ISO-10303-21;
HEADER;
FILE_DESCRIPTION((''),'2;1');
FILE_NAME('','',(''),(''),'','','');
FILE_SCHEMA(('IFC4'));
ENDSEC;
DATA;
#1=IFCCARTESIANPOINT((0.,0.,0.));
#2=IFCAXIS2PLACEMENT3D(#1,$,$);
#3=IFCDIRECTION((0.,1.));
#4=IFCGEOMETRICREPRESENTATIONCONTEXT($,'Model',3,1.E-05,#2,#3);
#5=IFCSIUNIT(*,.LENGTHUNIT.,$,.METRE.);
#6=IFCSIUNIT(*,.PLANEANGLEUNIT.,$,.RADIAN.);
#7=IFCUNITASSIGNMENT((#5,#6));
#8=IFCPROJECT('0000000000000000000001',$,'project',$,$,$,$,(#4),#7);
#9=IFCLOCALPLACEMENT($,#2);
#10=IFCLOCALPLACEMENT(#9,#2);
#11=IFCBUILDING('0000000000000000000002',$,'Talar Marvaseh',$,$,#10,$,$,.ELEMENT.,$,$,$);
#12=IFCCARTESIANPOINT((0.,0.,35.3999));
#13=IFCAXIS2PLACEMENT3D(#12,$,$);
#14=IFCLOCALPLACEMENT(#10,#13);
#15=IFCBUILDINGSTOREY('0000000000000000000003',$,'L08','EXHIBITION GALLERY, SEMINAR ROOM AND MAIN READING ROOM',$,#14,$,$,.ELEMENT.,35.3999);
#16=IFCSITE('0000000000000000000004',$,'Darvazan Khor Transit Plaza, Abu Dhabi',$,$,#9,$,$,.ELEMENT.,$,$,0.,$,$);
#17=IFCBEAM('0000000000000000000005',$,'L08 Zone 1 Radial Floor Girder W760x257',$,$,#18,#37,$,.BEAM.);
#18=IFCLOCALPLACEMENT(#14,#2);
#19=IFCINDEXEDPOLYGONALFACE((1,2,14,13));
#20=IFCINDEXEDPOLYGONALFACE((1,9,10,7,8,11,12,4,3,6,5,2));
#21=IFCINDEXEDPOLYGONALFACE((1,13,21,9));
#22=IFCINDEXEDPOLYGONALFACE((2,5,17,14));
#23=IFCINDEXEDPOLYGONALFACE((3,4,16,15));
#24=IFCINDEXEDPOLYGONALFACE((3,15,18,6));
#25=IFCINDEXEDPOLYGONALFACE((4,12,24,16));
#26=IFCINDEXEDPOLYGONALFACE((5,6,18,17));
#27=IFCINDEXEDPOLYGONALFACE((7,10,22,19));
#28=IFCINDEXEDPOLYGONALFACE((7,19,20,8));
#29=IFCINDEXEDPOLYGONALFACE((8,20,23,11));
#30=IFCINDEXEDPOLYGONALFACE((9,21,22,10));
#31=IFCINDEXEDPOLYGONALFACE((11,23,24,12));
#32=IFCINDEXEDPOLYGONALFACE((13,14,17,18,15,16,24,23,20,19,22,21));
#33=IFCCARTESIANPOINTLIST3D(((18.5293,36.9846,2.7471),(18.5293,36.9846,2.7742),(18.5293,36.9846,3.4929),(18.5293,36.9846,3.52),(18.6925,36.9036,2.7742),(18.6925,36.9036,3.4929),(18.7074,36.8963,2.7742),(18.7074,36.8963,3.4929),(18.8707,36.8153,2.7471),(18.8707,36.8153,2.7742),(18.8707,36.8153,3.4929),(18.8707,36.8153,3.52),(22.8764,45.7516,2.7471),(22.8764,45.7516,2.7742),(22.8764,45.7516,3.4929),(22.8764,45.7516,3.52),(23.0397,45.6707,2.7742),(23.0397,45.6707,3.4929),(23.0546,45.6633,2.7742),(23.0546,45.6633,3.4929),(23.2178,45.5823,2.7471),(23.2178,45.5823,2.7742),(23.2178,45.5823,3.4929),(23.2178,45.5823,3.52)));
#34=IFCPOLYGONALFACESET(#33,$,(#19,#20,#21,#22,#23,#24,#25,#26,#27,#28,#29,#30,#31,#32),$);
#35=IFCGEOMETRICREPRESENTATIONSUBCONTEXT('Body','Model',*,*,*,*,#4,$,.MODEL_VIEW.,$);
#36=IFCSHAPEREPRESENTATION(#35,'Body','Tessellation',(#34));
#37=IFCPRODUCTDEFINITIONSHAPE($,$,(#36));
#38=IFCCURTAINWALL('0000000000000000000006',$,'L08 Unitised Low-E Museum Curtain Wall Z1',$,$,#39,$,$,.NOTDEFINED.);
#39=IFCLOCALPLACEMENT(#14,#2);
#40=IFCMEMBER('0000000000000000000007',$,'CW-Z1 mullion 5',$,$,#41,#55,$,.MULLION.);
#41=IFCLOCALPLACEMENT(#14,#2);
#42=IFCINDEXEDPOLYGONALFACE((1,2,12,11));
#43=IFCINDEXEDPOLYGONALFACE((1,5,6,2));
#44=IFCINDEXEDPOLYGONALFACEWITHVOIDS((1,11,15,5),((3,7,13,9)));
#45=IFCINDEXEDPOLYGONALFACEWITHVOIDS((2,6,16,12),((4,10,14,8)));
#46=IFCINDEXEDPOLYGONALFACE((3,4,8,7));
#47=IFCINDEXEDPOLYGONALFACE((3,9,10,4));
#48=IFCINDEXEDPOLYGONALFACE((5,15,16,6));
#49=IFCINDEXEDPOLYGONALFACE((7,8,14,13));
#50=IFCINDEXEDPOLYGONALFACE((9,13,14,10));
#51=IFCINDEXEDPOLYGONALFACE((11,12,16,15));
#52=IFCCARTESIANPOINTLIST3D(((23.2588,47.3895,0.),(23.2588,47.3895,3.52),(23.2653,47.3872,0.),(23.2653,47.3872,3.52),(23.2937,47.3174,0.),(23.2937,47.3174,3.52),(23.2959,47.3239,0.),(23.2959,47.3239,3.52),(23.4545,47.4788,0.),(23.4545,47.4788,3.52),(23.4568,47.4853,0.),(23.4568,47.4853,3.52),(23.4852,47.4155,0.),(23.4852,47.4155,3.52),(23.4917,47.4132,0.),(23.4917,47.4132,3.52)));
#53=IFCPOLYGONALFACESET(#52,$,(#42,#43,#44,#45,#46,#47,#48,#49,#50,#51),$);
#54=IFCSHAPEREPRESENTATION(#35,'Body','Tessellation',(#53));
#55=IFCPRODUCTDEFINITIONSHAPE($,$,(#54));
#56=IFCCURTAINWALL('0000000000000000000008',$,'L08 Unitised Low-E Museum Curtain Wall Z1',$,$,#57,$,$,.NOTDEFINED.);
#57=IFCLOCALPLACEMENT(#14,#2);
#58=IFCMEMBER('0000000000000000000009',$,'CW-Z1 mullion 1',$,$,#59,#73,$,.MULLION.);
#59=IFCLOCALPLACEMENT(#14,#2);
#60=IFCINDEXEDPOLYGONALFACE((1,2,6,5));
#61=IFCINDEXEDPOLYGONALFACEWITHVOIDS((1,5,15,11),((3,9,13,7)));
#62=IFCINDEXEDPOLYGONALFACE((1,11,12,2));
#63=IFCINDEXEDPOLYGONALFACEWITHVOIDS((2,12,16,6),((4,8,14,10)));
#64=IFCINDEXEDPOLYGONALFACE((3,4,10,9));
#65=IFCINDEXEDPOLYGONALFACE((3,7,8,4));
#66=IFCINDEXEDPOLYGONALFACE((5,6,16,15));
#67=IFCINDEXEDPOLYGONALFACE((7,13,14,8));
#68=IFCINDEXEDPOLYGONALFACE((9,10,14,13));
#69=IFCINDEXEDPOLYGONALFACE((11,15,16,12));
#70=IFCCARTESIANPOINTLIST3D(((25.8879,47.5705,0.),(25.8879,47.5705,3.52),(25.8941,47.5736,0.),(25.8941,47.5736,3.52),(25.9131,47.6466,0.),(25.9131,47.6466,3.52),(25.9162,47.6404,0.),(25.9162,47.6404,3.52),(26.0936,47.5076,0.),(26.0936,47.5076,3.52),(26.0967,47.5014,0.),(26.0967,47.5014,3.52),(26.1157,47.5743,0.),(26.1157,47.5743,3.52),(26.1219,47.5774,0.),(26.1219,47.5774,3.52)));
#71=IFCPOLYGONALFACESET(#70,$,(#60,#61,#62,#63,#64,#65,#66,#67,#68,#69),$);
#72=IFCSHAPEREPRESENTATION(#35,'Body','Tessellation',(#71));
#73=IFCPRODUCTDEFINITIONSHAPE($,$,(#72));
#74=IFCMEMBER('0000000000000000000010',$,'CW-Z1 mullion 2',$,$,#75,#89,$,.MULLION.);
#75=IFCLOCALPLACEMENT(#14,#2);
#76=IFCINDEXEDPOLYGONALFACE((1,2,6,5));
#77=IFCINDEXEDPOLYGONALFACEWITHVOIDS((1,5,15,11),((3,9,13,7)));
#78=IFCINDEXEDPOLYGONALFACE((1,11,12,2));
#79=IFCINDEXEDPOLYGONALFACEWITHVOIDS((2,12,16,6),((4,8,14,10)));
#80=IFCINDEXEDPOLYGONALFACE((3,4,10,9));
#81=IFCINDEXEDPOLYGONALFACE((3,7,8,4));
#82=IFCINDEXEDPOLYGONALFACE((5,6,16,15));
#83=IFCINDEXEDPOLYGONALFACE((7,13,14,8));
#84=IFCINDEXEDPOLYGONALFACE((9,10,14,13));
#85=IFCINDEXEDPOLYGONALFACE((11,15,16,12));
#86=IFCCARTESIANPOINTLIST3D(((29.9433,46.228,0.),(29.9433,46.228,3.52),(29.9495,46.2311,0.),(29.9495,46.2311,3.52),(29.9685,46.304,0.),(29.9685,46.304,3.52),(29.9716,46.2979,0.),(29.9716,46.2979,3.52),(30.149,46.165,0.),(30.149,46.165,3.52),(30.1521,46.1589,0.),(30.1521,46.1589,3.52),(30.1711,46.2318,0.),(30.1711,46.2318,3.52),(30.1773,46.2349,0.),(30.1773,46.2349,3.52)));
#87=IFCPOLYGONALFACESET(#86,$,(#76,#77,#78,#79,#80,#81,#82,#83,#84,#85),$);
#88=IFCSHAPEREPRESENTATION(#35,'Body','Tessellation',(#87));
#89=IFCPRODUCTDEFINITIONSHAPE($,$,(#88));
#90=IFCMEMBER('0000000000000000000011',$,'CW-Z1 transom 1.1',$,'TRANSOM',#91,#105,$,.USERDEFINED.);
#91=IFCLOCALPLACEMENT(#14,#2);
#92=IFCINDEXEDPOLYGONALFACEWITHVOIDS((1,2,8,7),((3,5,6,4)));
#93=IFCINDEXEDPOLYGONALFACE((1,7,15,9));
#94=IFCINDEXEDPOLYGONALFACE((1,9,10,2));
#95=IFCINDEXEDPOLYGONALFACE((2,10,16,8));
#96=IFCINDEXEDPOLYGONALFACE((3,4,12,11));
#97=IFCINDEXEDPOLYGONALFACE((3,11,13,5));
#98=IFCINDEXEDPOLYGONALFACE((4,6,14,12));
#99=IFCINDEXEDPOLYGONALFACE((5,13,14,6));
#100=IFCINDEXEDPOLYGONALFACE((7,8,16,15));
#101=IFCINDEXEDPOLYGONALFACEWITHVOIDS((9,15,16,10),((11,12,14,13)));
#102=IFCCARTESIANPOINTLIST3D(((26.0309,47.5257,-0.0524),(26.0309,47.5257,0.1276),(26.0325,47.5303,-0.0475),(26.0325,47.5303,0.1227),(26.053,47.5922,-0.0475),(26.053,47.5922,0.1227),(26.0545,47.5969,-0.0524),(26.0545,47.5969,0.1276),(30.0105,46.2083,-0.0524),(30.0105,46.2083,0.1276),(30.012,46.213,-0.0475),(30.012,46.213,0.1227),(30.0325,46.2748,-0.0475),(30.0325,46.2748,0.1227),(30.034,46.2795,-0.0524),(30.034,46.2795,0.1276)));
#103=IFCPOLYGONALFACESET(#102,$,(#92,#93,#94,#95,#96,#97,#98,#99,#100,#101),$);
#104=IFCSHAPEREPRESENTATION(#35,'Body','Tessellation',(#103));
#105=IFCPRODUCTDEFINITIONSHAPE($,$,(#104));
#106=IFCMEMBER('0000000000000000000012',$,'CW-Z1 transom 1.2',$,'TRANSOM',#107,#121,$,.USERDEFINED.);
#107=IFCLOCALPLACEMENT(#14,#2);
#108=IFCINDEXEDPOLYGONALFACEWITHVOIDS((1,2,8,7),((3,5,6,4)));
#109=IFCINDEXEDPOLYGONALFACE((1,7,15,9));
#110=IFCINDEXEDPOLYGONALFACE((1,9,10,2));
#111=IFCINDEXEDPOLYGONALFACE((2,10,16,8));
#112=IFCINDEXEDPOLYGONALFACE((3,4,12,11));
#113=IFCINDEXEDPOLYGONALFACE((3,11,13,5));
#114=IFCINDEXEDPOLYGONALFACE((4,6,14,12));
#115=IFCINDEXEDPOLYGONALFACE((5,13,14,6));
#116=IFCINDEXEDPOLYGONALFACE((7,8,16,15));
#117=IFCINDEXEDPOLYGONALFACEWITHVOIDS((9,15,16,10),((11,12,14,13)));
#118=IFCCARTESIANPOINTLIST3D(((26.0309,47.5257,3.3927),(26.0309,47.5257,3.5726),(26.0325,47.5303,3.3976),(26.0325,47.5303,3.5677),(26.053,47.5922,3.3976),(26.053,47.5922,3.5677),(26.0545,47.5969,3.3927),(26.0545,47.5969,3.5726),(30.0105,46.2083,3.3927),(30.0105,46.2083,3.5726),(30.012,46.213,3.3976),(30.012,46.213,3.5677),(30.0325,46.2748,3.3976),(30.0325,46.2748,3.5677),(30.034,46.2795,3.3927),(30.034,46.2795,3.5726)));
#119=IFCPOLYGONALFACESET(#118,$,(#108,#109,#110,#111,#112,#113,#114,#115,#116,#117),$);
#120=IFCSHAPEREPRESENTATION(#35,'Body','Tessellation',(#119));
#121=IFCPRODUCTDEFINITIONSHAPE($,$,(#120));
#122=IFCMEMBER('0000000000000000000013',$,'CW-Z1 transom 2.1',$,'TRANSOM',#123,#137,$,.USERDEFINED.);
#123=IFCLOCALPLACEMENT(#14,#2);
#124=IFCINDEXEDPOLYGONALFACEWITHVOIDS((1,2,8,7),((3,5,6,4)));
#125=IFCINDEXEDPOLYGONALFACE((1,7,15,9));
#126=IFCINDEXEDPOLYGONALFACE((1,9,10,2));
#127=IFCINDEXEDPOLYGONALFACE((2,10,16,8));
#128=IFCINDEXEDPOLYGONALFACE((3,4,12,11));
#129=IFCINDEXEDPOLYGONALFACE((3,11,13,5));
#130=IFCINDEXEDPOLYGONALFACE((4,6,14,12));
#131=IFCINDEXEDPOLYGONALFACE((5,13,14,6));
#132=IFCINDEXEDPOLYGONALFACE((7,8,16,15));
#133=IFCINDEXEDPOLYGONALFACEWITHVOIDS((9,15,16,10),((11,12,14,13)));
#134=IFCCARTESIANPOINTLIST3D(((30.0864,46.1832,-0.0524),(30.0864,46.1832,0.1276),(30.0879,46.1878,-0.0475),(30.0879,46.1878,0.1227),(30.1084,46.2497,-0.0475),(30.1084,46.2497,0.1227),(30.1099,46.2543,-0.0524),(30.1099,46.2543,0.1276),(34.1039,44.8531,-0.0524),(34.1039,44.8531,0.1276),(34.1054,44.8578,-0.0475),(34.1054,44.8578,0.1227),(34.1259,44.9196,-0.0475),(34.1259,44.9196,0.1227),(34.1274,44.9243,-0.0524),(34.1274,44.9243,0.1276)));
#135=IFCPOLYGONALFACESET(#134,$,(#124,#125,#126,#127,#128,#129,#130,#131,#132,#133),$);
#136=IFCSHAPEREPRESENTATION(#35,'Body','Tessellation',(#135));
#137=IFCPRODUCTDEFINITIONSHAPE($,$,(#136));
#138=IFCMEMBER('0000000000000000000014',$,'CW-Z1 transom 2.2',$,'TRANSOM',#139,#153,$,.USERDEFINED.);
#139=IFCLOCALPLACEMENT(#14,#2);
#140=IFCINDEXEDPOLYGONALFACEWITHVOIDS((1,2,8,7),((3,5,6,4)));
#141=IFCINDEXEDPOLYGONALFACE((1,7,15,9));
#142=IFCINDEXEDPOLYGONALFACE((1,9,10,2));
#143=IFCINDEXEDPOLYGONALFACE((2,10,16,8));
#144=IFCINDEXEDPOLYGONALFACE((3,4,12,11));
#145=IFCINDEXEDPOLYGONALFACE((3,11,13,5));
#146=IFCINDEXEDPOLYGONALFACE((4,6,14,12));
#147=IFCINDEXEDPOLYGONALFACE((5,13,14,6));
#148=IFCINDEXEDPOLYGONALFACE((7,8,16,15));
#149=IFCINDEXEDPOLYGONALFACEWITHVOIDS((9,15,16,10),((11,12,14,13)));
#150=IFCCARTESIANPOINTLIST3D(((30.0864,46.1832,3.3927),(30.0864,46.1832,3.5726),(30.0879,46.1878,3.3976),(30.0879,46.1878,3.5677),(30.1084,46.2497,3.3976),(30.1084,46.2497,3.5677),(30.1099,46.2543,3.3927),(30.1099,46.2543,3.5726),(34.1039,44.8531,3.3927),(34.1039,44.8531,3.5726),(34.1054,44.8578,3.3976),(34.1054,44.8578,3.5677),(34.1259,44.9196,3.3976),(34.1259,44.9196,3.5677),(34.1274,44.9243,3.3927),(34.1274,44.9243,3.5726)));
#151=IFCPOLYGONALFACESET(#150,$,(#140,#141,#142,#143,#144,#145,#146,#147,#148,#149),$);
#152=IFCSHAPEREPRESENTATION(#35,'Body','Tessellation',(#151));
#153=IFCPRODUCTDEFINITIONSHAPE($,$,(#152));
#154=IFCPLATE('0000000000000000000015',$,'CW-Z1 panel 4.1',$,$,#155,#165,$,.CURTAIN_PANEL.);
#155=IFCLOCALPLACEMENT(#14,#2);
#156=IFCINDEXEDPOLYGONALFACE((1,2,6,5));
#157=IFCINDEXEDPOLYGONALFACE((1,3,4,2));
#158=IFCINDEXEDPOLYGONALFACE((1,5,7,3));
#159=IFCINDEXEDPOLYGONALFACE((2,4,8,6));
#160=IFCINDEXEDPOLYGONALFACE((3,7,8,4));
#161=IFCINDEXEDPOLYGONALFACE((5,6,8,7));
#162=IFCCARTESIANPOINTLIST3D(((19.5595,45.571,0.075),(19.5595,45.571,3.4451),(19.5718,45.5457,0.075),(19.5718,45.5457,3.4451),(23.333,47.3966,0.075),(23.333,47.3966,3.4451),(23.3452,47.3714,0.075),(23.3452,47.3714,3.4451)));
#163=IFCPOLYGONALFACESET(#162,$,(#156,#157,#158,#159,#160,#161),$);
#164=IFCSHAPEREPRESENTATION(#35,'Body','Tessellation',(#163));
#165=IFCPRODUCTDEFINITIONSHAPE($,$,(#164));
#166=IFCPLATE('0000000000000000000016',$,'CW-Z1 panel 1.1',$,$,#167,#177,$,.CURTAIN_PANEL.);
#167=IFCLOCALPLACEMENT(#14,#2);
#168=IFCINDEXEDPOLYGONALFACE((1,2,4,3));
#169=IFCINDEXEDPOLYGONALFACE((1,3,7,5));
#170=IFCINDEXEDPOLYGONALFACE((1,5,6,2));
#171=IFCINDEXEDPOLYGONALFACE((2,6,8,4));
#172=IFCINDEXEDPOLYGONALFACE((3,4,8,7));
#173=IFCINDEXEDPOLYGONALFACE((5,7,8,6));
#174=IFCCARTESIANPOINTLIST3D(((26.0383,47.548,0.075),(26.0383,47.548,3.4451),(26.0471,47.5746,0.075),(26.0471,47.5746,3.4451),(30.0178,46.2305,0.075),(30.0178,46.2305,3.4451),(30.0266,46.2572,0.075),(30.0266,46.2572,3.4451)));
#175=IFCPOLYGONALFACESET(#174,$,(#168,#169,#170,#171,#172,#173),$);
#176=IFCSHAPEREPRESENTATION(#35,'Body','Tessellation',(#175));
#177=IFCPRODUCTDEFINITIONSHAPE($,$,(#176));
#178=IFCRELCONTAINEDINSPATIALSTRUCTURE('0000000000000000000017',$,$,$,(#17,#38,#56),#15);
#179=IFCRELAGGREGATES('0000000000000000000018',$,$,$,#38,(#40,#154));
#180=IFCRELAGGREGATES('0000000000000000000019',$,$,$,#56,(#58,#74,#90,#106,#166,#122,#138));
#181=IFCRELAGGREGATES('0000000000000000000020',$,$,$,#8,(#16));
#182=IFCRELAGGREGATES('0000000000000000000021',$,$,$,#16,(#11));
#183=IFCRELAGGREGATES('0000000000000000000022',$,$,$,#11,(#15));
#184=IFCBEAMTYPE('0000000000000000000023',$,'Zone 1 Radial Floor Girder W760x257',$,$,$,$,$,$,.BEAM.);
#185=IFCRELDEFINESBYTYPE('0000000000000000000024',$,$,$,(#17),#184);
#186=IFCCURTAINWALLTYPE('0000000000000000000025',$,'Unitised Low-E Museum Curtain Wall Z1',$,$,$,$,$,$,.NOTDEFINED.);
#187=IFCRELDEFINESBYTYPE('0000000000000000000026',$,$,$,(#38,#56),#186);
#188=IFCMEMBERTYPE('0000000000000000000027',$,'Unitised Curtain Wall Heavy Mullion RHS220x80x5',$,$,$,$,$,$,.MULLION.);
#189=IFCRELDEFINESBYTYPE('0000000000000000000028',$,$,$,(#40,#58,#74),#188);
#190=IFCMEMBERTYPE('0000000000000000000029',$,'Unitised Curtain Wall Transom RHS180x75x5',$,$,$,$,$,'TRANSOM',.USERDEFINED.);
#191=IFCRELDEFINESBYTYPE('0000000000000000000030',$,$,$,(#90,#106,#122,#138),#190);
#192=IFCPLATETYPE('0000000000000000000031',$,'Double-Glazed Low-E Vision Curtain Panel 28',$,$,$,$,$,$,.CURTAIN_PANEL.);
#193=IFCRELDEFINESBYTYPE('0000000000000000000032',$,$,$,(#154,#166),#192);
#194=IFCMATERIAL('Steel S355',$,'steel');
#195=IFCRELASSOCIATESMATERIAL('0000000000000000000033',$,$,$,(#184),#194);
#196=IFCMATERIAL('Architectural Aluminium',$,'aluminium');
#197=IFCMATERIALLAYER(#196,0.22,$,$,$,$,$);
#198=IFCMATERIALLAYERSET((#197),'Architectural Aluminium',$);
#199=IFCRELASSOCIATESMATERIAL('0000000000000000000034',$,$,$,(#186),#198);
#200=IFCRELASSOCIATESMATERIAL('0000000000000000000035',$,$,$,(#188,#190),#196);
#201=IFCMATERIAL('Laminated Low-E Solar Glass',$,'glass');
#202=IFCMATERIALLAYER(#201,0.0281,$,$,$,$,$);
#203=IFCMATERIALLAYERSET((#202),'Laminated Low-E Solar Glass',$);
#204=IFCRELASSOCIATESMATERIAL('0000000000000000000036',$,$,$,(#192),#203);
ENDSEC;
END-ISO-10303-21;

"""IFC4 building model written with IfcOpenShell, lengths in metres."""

from ifc_helpers import new_model, si_unit, direction, frame, origin, origin_2d, place, context, subcontext, project, spatial, rectangle, hollow_rectangle, i_section, extrude, source, transform, mapped, material, layer, layer_set, material_profile, profile_set, type_object, type_shapes, element, aggregate, save


model = new_model("IFC4")

# Units and contexts
model_context = context("Model", 3, precision=1e-05, world=origin(), true_north=direction((0.0, 1.0)))
body_context = subcontext(model_context, "Body", "Model", "MODEL_VIEW")
ifc_project = project(units=[si_unit("LENGTHUNIT", "METRE"), si_unit("PLANEANGLEUNIT", "RADIAN")], contexts=[model_context])

# Site, building, storey
site_placement = place(None, origin())
site = spatial("IfcSite", under=ifc_project, at=site_placement, Name="Darvazan Khor Transit Plaza, Abu Dhabi", CompositionType="ELEMENT", RefElevation=0.0)
building_placement = place(site_placement, origin())
building = spatial("IfcBuilding", under=site, at=building_placement, Name="Talar Marvaseh", CompositionType="ELEMENT")
storey_placement = place(building_placement, frame((0.0, 0.0, 35.3999)))
storey = spatial("IfcBuildingStorey", under=building, at=storey_placement, Name="L08", Description="EXHIBITION GALLERY, SEMINAR ROOM AND MAIN READING ROOM", CompositionType="ELEMENT", Elevation=35.3999)

# Beam
ifc_material_1 = material(Name="Steel S355", Category="steel")
ifc_material_profile_1 = material_profile(ifc_material_1, i_section(OverallWidth=0.3811, OverallDepth=0.7729, WebThickness=0.0166, FlangeThickness=0.0271, at=origin_2d()), Name="W760x257")
ifc_profile_set_1 = profile_set([ifc_material_profile_1], Name="Steel S355")
beam_type = type_object("IfcBeamType", Name="Zone 1 Radial Floor Girder W760x257", PredefinedType="BEAM", material=ifc_profile_set_1)
beam_placement = place(storey_placement, frame((23.0471, 45.667, 3.1335), z_axis=(-0.444237, -0.895909, 0.0), x_axis=(0.895909, -0.444237, 0.0)))
element("IfcBeam", 1, at=beam_placement, inside=storey, type_object=beam_type, Name="L08 Zone 1 Radial Floor Girder W760x257", PredefinedType="BEAM", context=body_context, shape_type="SweptSolid", body=[
    extrude(i_section(OverallWidth=0.3811, OverallDepth=0.7729, WebThickness=0.0166, FlangeThickness=0.0271, at=origin_2d()), origin(), (0.0, 0.0, 1.0), 9.7856),
])

# Curtain wall, member
ifc_material_2 = material(Name="Architectural Aluminium", Category="aluminium")
ifc_layer_1 = layer(ifc_material_2, 0.22)
ifc_layer_set_1 = layer_set([ifc_layer_1], Name="Architectural Aluminium")
curtain_wall_type = type_object("IfcCurtainWallType", Name="Unitised Low-E Museum Curtain Wall Z1", PredefinedType="NOTDEFINED", material=ifc_layer_set_1)
curtain_wall_1_placement = place(storey_placement, origin())
curtain_wall_1 = element("IfcCurtainWall", 2, at=curtain_wall_1_placement, inside=storey, type_object=curtain_wall_type, Name="L08 Unitised Low-E Museum Curtain Wall Z1", PredefinedType="NOTDEFINED")
ifc_material_profile_2 = material_profile(ifc_material_2, hollow_rectangle(XDim=0.0801, YDim=0.22, WallThickness=0.0049, at=origin_2d()), Name="RHS220x80x5")
ifc_profile_set_2 = profile_set([ifc_material_profile_2], Name="Architectural Aluminium")
member_type_1 = type_object("IfcMemberType", Name="Unitised Curtain Wall Heavy Mullion RHS220x80x5", PredefinedType="MULLION", material=ifc_profile_set_2)
shared_shape_1 = source(origin(), body_context, "Body", "SweptSolid", [
    extrude(hollow_rectangle(XDim=0.0801, YDim=0.22, WallThickness=0.0049, at=origin_2d()), origin(), (0.0, 0.0, 1.0), 3.52),
])
type_shapes(member_type_1, [shared_shape_1])
member_1_placement = place(storey_placement, frame((23.3752, 47.4014, 0.0), z_axis=(0.0, 0.0, 1.0), x_axis=(-0.43551, 0.900184, 0.0)))
member_1 = element("IfcMember", 3, at=member_1_placement, type_object=member_type_1, Name="CW-Z1 mullion 5", PredefinedType="MULLION", context=body_context, shape_type="MappedRepresentation", body=[
    mapped(shared_shape_1, transform((0.0, 0.0, 0.0), x_axis=(1.0, 0.0, 0.0), y_axis=(0.0, 1.0, 0.0), z_axis=(0.0, 0.0, 1.0), scale=1.0)),
])

# Curtain wall, members
curtain_wall_2_placement = place(storey_placement, origin())
curtain_wall_2 = element("IfcCurtainWall", 4, at=curtain_wall_2_placement, inside=storey, type_object=curtain_wall_type, Name="L08 Unitised Low-E Museum Curtain Wall Z1", PredefinedType="NOTDEFINED")
member_2_placement = place(storey_placement, frame((26.0049, 47.574, 0.0), z_axis=(0.0, 0.0, 1.0), x_axis=(0.314288, 0.949328, 0.0)))
member_2 = element("IfcMember", 5, at=member_2_placement, type_object=member_type_1, Name="CW-Z1 mullion 1", PredefinedType="MULLION", context=body_context, shape_type="MappedRepresentation", body=[
    mapped(shared_shape_1, transform((0.0, 0.0, 0.0), x_axis=(1.0, 0.0, 0.0), y_axis=(0.0, 1.0, 0.0), z_axis=(0.0, 0.0, 1.0), scale=1.0)),
])
member_3_placement = place(storey_placement, frame((30.0603, 46.2314, 0.0), z_axis=(0.0, 0.0, 1.0), x_axis=(0.314288, 0.949328, 0.0)))
member_3 = element("IfcMember", 6, at=member_3_placement, type_object=member_type_1, Name="CW-Z1 mullion 2", PredefinedType="MULLION", context=body_context, shape_type="MappedRepresentation", body=[
    mapped(shared_shape_1, transform((0.0, 0.0, 0.0), x_axis=(1.0, 0.0, 0.0), y_axis=(0.0, 1.0, 0.0), z_axis=(0.0, 0.0, 1.0), scale=1.0)),
])
ifc_material_profile_3 = material_profile(ifc_material_2, hollow_rectangle(XDim=0.075, YDim=0.1799, WallThickness=0.0049, at=origin_2d()), Name="RHS180x75x5")
ifc_profile_set_3 = profile_set([ifc_material_profile_3], Name="Architectural Aluminium")
member_type_2 = type_object("IfcMemberType", Name="Unitised Curtain Wall Transom RHS180x75x5", ElementType="TRANSOM", PredefinedType="USERDEFINED", material=ifc_profile_set_3)
shared_shape_2 = source(origin(), body_context, "Body", "SweptSolid", [
    extrude(hollow_rectangle(XDim=0.075, YDim=0.1799, WallThickness=0.0049, at=origin_2d()), origin(), (0.0, 0.0, 1.0), 4.1919),
])
member_4_placement = place(storey_placement, frame((26.0427, 47.5613, 0.0376), z_axis=(0.949334, -0.31427, 0.0), x_axis=(0.31427, 0.949334, 0.0)))
member_4 = element("IfcMember", 7, at=member_4_placement, type_object=member_type_2, Name="CW-Z1 transom 1.1", ObjectType="TRANSOM", PredefinedType="USERDEFINED", context=body_context, shape_type="MappedRepresentation", body=[
    mapped(shared_shape_2, transform((0.0, 0.0, 0.0), x_axis=(1.0, 0.0, 0.0), y_axis=(0.0, 1.0, 0.0), z_axis=(0.0, 0.0, 1.0), scale=1.0)),
])
member_5_placement = place(storey_placement, frame((26.0427, 47.5613, 3.4827), z_axis=(0.949334, -0.31427, 0.0), x_axis=(0.31427, 0.949334, 0.0)))
member_5 = element("IfcMember", 8, at=member_5_placement, type_object=member_type_2, Name="CW-Z1 transom 1.2", ObjectType="TRANSOM", PredefinedType="USERDEFINED", context=body_context, shape_type="MappedRepresentation", body=[
    mapped(shared_shape_2, transform((0.0, 0.0, 0.0), x_axis=(1.0, 0.0, 0.0), y_axis=(0.0, 1.0, 0.0), z_axis=(0.0, 0.0, 1.0), scale=1.0)),
])
shared_shape_3 = source(origin(), body_context, "Body", "SweptSolid", [
    extrude(hollow_rectangle(XDim=0.075, YDim=0.1799, WallThickness=0.0049, at=origin_2d()), origin(), (0.0, 0.0, 1.0), 4.2319),
])
type_shapes(member_type_2, [shared_shape_2, shared_shape_3])
member_6_placement = place(storey_placement, frame((30.0981, 46.2188, 0.0376), z_axis=(0.949327, -0.314289, 0.0), x_axis=(0.314289, 0.949327, 0.0)))
member_6 = element("IfcMember", 9, at=member_6_placement, type_object=member_type_2, Name="CW-Z1 transom 2.1", ObjectType="TRANSOM", PredefinedType="USERDEFINED", context=body_context, shape_type="MappedRepresentation", body=[
    mapped(shared_shape_3, transform((0.0, 0.0, 0.0), x_axis=(1.0, 0.0, 0.0), y_axis=(0.0, 1.0, 0.0), z_axis=(0.0, 0.0, 1.0), scale=1.0)),
])
member_7_placement = place(storey_placement, frame((30.0981, 46.2188, 3.4827), z_axis=(0.949327, -0.314289, 0.0), x_axis=(0.314289, 0.949327, 0.0)))
member_7 = element("IfcMember", 10, at=member_7_placement, type_object=member_type_2, Name="CW-Z1 transom 2.2", ObjectType="TRANSOM", PredefinedType="USERDEFINED", context=body_context, shape_type="MappedRepresentation", body=[
    mapped(shared_shape_3, transform((0.0, 0.0, 0.0), x_axis=(1.0, 0.0, 0.0), y_axis=(0.0, 1.0, 0.0), z_axis=(0.0, 0.0, 1.0), scale=1.0)),
])

# Plates
ifc_material_3 = material(Name="Laminated Low-E Solar Glass", Category="glass")
ifc_layer_2 = layer(ifc_material_3, 0.0281)
ifc_layer_set_2 = layer_set([ifc_layer_2], Name="Laminated Low-E Solar Glass")
plate_type = type_object("IfcPlateType", Name="Double-Glazed Low-E Vision Curtain Panel 28", PredefinedType="CURTAIN_PANEL", material=ifc_layer_set_2)
shared_shape_4 = source(origin(), body_context, "Body", "SweptSolid", [
    extrude(rectangle(XDim=4.1919, YDim=0.0281, at=origin_2d()), origin(), (0.0, 0.0, 1.0), 3.3701),
])
type_shapes(plate_type, [shared_shape_4])
plate_1_placement = place(storey_placement, frame((21.4524, 46.4712, 0.075), z_axis=(0.0, 0.0, 1.0), x_axis=(0.900184, 0.43551, 0.0)))
plate_1 = element("IfcPlate", 11, at=plate_1_placement, type_object=plate_type, Name="CW-Z1 panel 4.1", PredefinedType="CURTAIN_PANEL", context=body_context, shape_type="MappedRepresentation", body=[
    mapped(shared_shape_4, transform((0.0, 0.0, 0.0), x_axis=(1.0, 0.0, 0.0), y_axis=(0.0, 1.0, 0.0), z_axis=(0.0, 0.0, 1.0), scale=1.0)),
])
aggregate(curtain_wall_1, [member_1, plate_1])
plate_2_placement = place(storey_placement, frame((28.0325, 46.9026, 0.075), z_axis=(0.0, 0.0, 1.0), x_axis=(0.949328, -0.314288, 0.0)))
plate_2 = element("IfcPlate", 12, at=plate_2_placement, type_object=plate_type, Name="CW-Z1 panel 1.1", PredefinedType="CURTAIN_PANEL", context=body_context, shape_type="MappedRepresentation", body=[
    mapped(shared_shape_4, transform((0.0, 0.0, 0.0), x_axis=(1.0, 0.0, 0.0), y_axis=(0.0, 1.0, 0.0), z_axis=(0.0, 0.0, 1.0), scale=1.0)),
])
aggregate(curtain_wall_2, [member_2, member_3, member_4, member_5, plate_2, member_6, member_7])

save(model, "model.ifc")
